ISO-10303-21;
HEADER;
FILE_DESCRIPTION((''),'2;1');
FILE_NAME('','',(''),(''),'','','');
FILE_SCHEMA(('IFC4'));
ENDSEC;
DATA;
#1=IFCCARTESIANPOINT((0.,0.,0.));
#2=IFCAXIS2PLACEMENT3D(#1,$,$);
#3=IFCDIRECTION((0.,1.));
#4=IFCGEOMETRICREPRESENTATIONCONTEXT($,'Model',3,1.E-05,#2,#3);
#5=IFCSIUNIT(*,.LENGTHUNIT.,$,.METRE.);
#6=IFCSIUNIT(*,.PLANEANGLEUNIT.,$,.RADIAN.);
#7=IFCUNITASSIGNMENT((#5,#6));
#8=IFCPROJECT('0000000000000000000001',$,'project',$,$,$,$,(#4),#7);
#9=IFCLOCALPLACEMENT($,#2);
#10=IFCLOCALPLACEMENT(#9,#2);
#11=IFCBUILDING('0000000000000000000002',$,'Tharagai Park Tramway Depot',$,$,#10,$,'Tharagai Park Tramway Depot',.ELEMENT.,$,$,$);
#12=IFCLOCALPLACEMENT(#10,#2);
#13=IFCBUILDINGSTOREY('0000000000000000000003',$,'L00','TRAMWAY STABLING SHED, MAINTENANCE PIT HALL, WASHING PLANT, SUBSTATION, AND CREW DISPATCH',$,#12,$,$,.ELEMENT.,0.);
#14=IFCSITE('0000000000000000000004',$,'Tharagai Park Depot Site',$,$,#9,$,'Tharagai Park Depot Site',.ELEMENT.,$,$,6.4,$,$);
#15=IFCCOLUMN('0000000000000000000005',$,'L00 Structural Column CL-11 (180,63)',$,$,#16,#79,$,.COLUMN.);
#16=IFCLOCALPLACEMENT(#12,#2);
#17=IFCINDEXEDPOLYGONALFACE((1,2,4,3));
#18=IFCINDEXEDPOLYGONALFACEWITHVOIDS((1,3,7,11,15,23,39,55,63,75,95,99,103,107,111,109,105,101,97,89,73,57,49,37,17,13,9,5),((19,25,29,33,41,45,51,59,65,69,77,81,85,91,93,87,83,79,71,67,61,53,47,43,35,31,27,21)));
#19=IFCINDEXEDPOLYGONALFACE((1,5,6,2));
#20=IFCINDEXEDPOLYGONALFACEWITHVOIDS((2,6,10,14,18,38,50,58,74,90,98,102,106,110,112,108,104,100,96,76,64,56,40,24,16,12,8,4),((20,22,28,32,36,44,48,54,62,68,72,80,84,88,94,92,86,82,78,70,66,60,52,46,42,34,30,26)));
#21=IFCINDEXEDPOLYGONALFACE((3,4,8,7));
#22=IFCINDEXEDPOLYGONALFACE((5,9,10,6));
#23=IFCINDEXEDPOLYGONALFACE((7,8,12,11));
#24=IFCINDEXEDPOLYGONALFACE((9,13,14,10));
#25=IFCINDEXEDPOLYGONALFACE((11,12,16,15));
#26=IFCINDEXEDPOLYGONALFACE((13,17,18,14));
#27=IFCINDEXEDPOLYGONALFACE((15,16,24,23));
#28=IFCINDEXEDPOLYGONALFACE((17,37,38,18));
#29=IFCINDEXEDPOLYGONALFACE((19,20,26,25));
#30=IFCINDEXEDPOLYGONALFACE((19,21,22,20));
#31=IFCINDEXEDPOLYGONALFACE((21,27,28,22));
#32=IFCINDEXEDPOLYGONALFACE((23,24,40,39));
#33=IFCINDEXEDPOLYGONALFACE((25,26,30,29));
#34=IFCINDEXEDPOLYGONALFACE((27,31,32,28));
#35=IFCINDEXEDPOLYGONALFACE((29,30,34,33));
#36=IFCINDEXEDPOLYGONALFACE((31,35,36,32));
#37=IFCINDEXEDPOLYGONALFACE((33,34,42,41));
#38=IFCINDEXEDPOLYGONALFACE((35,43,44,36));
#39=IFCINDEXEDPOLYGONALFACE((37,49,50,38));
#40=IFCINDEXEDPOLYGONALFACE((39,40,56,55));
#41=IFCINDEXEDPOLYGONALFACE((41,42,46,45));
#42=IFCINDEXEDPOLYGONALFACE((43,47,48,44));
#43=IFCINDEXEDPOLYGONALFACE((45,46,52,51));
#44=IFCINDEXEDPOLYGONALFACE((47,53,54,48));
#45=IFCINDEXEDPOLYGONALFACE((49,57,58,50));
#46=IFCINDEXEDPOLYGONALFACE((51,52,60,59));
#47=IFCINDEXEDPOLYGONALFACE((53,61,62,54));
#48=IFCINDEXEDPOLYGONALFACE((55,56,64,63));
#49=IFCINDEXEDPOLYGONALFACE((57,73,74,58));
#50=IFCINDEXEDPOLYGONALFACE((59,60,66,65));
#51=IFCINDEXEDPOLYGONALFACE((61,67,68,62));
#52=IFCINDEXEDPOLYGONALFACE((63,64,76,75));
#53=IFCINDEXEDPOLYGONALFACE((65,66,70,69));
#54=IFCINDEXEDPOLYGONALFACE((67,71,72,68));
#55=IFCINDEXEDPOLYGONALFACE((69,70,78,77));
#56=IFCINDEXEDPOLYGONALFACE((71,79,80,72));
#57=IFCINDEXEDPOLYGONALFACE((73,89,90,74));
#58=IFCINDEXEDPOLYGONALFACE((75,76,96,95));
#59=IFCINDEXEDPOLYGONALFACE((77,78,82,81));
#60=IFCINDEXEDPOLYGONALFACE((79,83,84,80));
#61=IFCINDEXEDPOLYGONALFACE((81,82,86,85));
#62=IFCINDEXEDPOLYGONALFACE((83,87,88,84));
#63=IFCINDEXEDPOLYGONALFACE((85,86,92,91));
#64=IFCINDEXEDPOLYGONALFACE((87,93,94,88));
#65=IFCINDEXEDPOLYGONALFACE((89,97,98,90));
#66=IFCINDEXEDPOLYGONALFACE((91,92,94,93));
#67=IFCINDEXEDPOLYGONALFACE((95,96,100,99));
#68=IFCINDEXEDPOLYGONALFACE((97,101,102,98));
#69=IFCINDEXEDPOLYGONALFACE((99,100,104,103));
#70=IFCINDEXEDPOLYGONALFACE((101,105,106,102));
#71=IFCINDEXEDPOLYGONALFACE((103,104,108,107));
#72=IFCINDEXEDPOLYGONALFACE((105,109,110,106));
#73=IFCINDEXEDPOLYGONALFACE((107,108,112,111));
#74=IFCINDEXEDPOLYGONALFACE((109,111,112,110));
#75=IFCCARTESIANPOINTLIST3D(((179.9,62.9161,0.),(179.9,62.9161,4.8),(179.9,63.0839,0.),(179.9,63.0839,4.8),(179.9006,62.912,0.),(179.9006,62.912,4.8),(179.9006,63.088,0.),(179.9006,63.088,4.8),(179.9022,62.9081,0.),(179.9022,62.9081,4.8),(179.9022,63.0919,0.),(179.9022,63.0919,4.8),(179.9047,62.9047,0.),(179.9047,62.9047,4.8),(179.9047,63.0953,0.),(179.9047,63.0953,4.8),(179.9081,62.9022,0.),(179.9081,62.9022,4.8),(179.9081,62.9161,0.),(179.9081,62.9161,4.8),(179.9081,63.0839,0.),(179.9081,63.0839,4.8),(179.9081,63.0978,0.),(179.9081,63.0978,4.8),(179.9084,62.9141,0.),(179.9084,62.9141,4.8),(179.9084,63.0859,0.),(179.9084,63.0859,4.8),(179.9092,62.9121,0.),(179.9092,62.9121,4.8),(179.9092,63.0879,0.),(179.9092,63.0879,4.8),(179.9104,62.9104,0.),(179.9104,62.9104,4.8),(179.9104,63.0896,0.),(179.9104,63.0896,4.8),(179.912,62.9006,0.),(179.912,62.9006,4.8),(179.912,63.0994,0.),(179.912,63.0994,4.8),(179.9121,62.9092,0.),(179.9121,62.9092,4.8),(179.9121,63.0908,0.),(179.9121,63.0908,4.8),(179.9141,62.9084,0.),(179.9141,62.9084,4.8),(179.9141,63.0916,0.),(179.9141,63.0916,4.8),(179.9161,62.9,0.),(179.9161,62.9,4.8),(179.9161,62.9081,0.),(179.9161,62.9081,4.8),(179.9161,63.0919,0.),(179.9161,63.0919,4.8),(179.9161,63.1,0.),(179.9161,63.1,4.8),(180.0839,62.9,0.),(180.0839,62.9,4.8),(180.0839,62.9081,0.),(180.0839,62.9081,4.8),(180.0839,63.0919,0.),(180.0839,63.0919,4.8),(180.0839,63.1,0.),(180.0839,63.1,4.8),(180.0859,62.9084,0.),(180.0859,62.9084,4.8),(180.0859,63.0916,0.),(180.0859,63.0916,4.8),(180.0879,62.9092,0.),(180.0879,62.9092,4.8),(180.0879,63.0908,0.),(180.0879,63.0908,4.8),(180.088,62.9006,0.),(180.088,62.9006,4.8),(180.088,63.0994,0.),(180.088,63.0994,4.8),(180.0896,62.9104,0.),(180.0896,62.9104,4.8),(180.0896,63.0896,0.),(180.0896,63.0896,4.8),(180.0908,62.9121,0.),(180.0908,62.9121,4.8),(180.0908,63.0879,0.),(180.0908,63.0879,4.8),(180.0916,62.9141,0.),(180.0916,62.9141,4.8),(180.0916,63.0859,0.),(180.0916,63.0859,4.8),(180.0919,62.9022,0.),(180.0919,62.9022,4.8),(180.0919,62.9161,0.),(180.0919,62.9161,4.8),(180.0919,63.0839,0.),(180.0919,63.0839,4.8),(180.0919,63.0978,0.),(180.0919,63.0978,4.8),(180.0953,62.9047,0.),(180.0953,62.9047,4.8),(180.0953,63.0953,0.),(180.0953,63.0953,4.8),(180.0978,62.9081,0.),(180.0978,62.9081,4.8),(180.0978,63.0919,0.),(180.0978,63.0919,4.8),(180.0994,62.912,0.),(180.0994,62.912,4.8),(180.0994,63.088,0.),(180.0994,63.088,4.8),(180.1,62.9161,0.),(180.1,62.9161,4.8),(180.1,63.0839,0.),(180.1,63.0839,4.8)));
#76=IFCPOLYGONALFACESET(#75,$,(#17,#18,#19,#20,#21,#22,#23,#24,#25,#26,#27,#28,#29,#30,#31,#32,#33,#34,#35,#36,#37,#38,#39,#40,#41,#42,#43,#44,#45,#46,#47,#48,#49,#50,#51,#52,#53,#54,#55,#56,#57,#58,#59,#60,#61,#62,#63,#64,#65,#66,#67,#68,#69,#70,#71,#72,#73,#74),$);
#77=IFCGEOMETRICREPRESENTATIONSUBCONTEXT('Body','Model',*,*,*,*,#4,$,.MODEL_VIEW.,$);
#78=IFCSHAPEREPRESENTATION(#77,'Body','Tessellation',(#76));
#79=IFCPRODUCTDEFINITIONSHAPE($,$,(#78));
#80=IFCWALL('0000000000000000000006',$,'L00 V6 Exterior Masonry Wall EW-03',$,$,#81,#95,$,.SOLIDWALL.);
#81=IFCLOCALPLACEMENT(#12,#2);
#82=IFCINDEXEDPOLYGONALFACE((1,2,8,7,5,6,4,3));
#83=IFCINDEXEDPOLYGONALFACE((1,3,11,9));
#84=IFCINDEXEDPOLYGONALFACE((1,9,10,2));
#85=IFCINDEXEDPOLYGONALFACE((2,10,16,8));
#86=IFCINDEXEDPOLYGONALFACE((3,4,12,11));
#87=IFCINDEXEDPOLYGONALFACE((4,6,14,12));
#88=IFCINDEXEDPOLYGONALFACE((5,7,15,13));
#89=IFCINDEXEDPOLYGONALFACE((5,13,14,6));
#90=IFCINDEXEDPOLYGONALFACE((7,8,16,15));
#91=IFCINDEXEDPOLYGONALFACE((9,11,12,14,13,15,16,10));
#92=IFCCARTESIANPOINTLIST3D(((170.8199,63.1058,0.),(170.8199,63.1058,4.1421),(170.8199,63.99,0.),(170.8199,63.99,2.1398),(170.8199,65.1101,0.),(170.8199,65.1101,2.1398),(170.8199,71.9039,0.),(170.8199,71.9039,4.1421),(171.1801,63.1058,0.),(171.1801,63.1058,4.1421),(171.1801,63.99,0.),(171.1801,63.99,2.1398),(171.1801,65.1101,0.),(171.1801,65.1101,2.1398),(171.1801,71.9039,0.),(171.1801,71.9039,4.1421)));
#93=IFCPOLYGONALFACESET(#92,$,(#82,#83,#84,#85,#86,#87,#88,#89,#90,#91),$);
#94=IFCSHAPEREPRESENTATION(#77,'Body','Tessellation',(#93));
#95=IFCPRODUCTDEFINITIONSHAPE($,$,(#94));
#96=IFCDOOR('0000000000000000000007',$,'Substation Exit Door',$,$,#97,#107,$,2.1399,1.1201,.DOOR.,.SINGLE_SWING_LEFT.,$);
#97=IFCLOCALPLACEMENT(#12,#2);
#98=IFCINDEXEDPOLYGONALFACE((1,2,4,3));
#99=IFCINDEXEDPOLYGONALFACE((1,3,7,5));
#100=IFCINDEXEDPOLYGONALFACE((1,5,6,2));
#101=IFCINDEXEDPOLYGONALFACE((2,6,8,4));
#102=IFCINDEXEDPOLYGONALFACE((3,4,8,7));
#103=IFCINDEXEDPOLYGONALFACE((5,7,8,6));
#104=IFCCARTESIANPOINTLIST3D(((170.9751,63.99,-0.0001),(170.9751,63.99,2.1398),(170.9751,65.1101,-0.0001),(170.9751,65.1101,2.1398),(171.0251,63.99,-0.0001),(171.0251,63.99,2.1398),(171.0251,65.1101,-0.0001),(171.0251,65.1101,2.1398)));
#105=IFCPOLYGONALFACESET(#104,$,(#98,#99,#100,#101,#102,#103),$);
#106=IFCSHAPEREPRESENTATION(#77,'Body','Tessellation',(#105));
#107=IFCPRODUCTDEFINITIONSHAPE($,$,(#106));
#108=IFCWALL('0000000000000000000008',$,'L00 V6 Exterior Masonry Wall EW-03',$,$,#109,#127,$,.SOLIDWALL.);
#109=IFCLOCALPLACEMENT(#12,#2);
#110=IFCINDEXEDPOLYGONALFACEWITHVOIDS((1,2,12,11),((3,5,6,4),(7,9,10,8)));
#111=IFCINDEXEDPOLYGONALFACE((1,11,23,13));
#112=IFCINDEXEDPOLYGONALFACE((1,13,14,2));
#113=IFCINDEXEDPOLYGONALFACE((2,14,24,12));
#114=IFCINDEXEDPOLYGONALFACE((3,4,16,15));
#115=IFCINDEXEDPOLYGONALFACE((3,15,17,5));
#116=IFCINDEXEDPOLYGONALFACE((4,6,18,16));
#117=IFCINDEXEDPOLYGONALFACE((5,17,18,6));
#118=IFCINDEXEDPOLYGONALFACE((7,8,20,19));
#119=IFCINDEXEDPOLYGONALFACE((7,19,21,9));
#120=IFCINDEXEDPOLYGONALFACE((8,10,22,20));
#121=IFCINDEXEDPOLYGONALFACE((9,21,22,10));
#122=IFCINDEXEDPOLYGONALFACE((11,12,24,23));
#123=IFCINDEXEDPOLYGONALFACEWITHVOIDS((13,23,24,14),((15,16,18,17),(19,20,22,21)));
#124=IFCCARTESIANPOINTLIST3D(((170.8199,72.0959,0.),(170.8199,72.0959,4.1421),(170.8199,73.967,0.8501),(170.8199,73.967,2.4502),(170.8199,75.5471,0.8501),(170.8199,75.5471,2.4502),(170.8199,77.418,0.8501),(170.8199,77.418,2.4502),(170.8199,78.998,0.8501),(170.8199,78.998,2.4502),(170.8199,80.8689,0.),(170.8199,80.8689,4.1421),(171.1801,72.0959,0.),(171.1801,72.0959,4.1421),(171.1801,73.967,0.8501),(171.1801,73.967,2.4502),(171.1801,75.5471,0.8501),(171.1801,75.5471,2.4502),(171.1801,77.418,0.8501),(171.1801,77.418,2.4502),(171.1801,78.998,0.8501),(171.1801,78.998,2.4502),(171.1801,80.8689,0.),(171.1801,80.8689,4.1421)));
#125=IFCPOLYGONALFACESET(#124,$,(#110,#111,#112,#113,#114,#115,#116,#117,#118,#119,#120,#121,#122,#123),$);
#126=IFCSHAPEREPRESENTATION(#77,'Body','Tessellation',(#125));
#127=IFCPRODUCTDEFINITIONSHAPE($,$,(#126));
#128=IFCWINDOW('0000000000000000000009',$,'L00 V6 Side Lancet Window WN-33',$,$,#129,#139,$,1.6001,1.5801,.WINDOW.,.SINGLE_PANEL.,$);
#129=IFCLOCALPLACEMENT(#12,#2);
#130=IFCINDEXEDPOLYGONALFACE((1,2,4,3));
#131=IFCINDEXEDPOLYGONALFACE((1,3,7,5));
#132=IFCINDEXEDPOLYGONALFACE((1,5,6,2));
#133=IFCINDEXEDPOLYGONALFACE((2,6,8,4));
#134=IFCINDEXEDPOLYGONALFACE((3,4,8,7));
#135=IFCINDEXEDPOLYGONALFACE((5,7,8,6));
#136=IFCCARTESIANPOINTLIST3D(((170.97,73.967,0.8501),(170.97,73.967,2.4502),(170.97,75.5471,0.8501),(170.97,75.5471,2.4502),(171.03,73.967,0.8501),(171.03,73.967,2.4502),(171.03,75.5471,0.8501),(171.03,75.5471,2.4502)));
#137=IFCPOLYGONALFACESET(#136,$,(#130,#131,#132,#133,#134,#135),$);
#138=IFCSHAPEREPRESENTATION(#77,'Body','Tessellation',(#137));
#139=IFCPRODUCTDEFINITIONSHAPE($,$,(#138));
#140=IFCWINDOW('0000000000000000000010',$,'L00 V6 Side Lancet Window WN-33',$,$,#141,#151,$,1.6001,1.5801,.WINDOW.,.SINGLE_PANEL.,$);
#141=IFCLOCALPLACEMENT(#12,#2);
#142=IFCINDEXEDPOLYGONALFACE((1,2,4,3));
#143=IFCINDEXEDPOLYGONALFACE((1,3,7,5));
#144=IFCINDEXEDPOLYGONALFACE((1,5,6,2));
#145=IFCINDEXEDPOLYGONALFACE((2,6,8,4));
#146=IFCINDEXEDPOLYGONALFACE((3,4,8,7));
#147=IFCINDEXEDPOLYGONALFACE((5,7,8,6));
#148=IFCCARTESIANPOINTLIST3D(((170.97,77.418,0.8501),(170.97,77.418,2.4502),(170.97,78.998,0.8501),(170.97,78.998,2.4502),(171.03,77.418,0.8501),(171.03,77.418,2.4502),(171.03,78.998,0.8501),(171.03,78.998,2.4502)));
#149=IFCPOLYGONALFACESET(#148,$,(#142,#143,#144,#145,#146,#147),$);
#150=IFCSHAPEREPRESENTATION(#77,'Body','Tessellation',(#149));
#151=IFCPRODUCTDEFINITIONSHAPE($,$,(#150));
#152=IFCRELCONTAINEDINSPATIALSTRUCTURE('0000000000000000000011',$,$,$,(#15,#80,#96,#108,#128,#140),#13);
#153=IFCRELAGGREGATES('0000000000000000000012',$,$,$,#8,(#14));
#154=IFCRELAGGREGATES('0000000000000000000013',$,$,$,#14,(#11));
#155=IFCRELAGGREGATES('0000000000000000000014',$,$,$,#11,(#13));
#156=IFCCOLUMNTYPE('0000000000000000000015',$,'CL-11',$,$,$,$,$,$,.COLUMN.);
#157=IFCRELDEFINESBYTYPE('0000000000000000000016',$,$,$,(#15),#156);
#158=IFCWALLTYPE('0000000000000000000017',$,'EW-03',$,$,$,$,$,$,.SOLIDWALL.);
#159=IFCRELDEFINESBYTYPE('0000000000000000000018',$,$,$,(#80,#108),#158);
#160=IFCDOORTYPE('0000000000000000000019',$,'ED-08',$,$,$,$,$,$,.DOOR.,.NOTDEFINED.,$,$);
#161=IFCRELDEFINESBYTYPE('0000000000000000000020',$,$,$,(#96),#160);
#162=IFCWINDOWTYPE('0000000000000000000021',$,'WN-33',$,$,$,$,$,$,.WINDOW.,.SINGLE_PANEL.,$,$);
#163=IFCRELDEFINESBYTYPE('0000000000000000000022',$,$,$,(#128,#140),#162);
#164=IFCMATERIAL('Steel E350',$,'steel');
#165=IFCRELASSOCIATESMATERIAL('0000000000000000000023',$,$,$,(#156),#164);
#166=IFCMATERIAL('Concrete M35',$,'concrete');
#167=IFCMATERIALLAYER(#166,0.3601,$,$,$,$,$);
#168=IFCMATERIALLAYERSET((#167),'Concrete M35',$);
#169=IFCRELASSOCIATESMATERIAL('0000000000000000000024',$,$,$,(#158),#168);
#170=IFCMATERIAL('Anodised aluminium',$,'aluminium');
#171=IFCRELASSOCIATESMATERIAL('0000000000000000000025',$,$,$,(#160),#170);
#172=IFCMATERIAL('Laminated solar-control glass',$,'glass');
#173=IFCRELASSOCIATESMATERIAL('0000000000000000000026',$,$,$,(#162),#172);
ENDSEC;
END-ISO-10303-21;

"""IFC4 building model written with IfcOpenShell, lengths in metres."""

from ifc_helpers import new_model, si_unit, direction, frame, frame_2d, origin, origin_2d, place, context, subcontext, project, spatial, rectangle, hollow_rectangle, extrude, material, layer, layer_set, material_profile, profile_set, type_object, element, fill, save


model = new_model("IFC4")

# Units and contexts
model_context = context("Model", 3, precision=1e-05, world=origin(), true_north=direction((0.0, 1.0)))
body_context = subcontext(model_context, "Body", "Model", "MODEL_VIEW")
ifc_project = project(units=[si_unit("LENGTHUNIT", "METRE"), si_unit("PLANEANGLEUNIT", "RADIAN")], contexts=[model_context])

# Site, building, storey
site_placement = place(None, origin())
site = spatial("IfcSite", under=ifc_project, at=site_placement, Name="Tharagai Park Depot Site", LongName="Tharagai Park Depot Site", CompositionType="ELEMENT", RefElevation=6.4)
building_placement = place(site_placement, origin())
building = spatial("IfcBuilding", under=site, at=building_placement, Name="Tharagai Park Tramway Depot", LongName="Tharagai Park Tramway Depot", CompositionType="ELEMENT")
storey_placement = place(building_placement, origin())
storey = spatial("IfcBuildingStorey", under=building, at=storey_placement, Name="L00", Description="TRAMWAY STABLING SHED, MAINTENANCE PIT HALL, WASHING PLANT, SUBSTATION, AND CREW DISPATCH", CompositionType="ELEMENT", Elevation=0.0)

# Column
ifc_material_1 = material(Name="Steel E350", Category="steel")
ifc_material_profile_1 = material_profile(ifc_material_1, hollow_rectangle(XDim=0.2, YDim=0.2, WallThickness=0.0081, InnerFilletRadius=0.0081, OuterFilletRadius=0.0161, at=origin_2d()), Name="SHS 200x200x8")
ifc_profile_set_1 = profile_set([ifc_material_profile_1], Name="Steel E350")
column_type_1 = type_object("IfcColumnType", Name="CL-11", PredefinedType="COLUMN", material=ifc_profile_set_1)
for number, where, z_axis, x_axis, name in (
    (1, (180.0, 63.0, 0.0), (0.0, 0.0, 1.0), (1.0, 0.0, 0.0), "L00 Structural Column CL-11 (180,63)"),
):
    element("IfcColumn", number, at=place(storey_placement, frame(where, z_axis=z_axis, x_axis=x_axis)), inside=storey, type_object=column_type_1, Name=name, PredefinedType="COLUMN", context=body_context, shape_type="SweptSolid", body=[
        extrude(hollow_rectangle(XDim=0.2, YDim=0.2, WallThickness=0.0081, InnerFilletRadius=0.0081, OuterFilletRadius=0.0161, at=origin_2d()), origin(), (0.0, 0.0, 1.0), 4.8),
    ])

# Wall, opening, door
ifc_material_2 = material(Name="Concrete M35", Category="concrete")
ifc_layer_1 = layer(ifc_material_2, 0.3601)
ifc_layer_set_1 = layer_set([ifc_layer_1], Name="Concrete M35")
wall_type_1 = type_object("IfcWallType", Name="EW-03", PredefinedType="SOLIDWALL", material=ifc_layer_set_1)
wall_1_placement = place(storey_placement, frame((171.0, 63.106, 0.0), z_axis=(0.0, 0.0, 1.0), x_axis=(0.0, 1.0, 0.0)))
wall_1 = element("IfcWall", 2, at=wall_1_placement, inside=storey, type_object=wall_type_1, Name="L00 V6 Exterior Masonry Wall EW-03", PredefinedType="SOLIDWALL", context=body_context, shape_type="SweptSolid", body=[
    extrude(rectangle(XDim=8.7981, YDim=0.3601, at=frame_2d((4.3989, 0.0))), origin(), (0.0, 0.0, 1.0), 4.1421),
])
opening_1_placement = place(wall_1_placement, frame((0.884, 0.0, 0.0)))
opening_1 = element("IfcOpeningElement", 3, at=opening_1_placement, cuts=wall_1, PredefinedType="OPENING", context=body_context, shape_type="SweptSolid", body=[
    extrude(rectangle(XDim=1.1201, YDim=2.1399, at=frame_2d((0.5601, 1.0698))), frame((0.0, 0.1899, 0.0), z_axis=(0.0, -1.0, 0.0), x_axis=(1.0, 0.0, 0.0)), (0.0, 0.0, 1.0), 0.3801),
])
ifc_material_3 = material(Name="Anodised aluminium", Category="aluminium")
door_type_1 = type_object("IfcDoorType", Name="ED-08", OperationType="NOTDEFINED", PredefinedType="DOOR", material=ifc_material_3)
door_1_placement = place(opening_1_placement, origin())
door_1 = element("IfcDoor", 4, at=door_1_placement, inside=storey, type_object=door_type_1, Name="Substation Exit Door", OperationType="SINGLE_SWING_LEFT", OverallHeight=2.1399, OverallWidth=1.1201, PredefinedType="DOOR", context=body_context, shape_type="SweptSolid", body=[
    extrude(rectangle(XDim=1.1201, YDim=2.1399, at=frame_2d((0.5601, 1.0698))), frame((0.0, 0.0249, 0.0), z_axis=(0.0, -1.0, 0.0), x_axis=(1.0, 0.0, 0.0)), (0.0, 0.0, 1.0), 0.05),
])
fill(opening_1, door_1)

# Wall, openings, windows
wall_2_placement = place(storey_placement, frame((171.0, 72.0959, 0.0), z_axis=(0.0, 0.0, 1.0), x_axis=(0.0, 1.0, 0.0)))
wall_2 = element("IfcWall", 5, at=wall_2_placement, inside=storey, type_object=wall_type_1, Name="L00 V6 Exterior Masonry Wall EW-03", PredefinedType="SOLIDWALL", context=body_context, shape_type="SweptSolid", body=[
    extrude(rectangle(XDim=8.7729, YDim=0.3601, at=frame_2d((4.3865, 0.0))), origin(), (0.0, 0.0, 1.0), 4.1421),
])
opening_2_placement = place(wall_2_placement, frame((1.8711, 0.0, 0.8501)))
opening_2 = element("IfcOpeningElement", 6, at=opening_2_placement, cuts=wall_2, PredefinedType="OPENING", context=body_context, shape_type="SweptSolid", body=[
    extrude(rectangle(XDim=1.5801, YDim=1.6001, at=frame_2d((0.79, 0.8))), frame((0.0, 0.1899, 0.0), z_axis=(0.0, -1.0, 0.0), x_axis=(1.0, 0.0, 0.0)), (0.0, 0.0, 1.0), 0.3801),
])
opening_3_placement = place(wall_2_placement, frame((5.322, 0.0, 0.8501)))
opening_3 = element("IfcOpeningElement", 7, at=opening_3_placement, cuts=wall_2, PredefinedType="OPENING", context=body_context, shape_type="SweptSolid", body=[
    extrude(rectangle(XDim=1.5801, YDim=1.6001, at=frame_2d((0.79, 0.8))), frame((0.0, 0.1899, 0.0), z_axis=(0.0, -1.0, 0.0), x_axis=(1.0, 0.0, 0.0)), (0.0, 0.0, 1.0), 0.3801),
])
ifc_material_4 = material(Name="Laminated solar-control glass", Category="glass")
window_type = type_object("IfcWindowType", Name="WN-33", PartitioningType="SINGLE_PANEL", PredefinedType="WINDOW", material=ifc_material_4)
window_1_placement = place(opening_2_placement, origin())
window_1 = element("IfcWindow", 8, at=window_1_placement, inside=storey, type_object=window_type, Name="L00 V6 Side Lancet Window WN-33", OverallHeight=1.6001, OverallWidth=1.5801, PartitioningType="SINGLE_PANEL", PredefinedType="WINDOW", context=body_context, shape_type="SweptSolid", body=[
    extrude(rectangle(XDim=1.5801, YDim=1.6001, at=frame_2d((0.79, 0.8))), frame((0.0, 0.03, 0.0), z_axis=(0.0, -1.0, 0.0), x_axis=(1.0, 0.0, 0.0)), (0.0, 0.0, 1.0), 0.0601),
])
fill(opening_2, window_1)
window_2_placement = place(opening_3_placement, origin())
window_2 = element("IfcWindow", 9, at=window_2_placement, inside=storey, type_object=window_type, Name="L00 V6 Side Lancet Window WN-33", OverallHeight=1.6001, OverallWidth=1.5801, PartitioningType="SINGLE_PANEL", PredefinedType="WINDOW", context=body_context, shape_type="SweptSolid", body=[
    extrude(rectangle(XDim=1.5801, YDim=1.6001, at=frame_2d((0.79, 0.8))), frame((0.0, 0.03, 0.0), z_axis=(0.0, -1.0, 0.0), x_axis=(1.0, 0.0, 0.0)), (0.0, 0.0, 1.0), 0.0601),
])
fill(opening_3, window_2)

save(model, "model.ifc")
